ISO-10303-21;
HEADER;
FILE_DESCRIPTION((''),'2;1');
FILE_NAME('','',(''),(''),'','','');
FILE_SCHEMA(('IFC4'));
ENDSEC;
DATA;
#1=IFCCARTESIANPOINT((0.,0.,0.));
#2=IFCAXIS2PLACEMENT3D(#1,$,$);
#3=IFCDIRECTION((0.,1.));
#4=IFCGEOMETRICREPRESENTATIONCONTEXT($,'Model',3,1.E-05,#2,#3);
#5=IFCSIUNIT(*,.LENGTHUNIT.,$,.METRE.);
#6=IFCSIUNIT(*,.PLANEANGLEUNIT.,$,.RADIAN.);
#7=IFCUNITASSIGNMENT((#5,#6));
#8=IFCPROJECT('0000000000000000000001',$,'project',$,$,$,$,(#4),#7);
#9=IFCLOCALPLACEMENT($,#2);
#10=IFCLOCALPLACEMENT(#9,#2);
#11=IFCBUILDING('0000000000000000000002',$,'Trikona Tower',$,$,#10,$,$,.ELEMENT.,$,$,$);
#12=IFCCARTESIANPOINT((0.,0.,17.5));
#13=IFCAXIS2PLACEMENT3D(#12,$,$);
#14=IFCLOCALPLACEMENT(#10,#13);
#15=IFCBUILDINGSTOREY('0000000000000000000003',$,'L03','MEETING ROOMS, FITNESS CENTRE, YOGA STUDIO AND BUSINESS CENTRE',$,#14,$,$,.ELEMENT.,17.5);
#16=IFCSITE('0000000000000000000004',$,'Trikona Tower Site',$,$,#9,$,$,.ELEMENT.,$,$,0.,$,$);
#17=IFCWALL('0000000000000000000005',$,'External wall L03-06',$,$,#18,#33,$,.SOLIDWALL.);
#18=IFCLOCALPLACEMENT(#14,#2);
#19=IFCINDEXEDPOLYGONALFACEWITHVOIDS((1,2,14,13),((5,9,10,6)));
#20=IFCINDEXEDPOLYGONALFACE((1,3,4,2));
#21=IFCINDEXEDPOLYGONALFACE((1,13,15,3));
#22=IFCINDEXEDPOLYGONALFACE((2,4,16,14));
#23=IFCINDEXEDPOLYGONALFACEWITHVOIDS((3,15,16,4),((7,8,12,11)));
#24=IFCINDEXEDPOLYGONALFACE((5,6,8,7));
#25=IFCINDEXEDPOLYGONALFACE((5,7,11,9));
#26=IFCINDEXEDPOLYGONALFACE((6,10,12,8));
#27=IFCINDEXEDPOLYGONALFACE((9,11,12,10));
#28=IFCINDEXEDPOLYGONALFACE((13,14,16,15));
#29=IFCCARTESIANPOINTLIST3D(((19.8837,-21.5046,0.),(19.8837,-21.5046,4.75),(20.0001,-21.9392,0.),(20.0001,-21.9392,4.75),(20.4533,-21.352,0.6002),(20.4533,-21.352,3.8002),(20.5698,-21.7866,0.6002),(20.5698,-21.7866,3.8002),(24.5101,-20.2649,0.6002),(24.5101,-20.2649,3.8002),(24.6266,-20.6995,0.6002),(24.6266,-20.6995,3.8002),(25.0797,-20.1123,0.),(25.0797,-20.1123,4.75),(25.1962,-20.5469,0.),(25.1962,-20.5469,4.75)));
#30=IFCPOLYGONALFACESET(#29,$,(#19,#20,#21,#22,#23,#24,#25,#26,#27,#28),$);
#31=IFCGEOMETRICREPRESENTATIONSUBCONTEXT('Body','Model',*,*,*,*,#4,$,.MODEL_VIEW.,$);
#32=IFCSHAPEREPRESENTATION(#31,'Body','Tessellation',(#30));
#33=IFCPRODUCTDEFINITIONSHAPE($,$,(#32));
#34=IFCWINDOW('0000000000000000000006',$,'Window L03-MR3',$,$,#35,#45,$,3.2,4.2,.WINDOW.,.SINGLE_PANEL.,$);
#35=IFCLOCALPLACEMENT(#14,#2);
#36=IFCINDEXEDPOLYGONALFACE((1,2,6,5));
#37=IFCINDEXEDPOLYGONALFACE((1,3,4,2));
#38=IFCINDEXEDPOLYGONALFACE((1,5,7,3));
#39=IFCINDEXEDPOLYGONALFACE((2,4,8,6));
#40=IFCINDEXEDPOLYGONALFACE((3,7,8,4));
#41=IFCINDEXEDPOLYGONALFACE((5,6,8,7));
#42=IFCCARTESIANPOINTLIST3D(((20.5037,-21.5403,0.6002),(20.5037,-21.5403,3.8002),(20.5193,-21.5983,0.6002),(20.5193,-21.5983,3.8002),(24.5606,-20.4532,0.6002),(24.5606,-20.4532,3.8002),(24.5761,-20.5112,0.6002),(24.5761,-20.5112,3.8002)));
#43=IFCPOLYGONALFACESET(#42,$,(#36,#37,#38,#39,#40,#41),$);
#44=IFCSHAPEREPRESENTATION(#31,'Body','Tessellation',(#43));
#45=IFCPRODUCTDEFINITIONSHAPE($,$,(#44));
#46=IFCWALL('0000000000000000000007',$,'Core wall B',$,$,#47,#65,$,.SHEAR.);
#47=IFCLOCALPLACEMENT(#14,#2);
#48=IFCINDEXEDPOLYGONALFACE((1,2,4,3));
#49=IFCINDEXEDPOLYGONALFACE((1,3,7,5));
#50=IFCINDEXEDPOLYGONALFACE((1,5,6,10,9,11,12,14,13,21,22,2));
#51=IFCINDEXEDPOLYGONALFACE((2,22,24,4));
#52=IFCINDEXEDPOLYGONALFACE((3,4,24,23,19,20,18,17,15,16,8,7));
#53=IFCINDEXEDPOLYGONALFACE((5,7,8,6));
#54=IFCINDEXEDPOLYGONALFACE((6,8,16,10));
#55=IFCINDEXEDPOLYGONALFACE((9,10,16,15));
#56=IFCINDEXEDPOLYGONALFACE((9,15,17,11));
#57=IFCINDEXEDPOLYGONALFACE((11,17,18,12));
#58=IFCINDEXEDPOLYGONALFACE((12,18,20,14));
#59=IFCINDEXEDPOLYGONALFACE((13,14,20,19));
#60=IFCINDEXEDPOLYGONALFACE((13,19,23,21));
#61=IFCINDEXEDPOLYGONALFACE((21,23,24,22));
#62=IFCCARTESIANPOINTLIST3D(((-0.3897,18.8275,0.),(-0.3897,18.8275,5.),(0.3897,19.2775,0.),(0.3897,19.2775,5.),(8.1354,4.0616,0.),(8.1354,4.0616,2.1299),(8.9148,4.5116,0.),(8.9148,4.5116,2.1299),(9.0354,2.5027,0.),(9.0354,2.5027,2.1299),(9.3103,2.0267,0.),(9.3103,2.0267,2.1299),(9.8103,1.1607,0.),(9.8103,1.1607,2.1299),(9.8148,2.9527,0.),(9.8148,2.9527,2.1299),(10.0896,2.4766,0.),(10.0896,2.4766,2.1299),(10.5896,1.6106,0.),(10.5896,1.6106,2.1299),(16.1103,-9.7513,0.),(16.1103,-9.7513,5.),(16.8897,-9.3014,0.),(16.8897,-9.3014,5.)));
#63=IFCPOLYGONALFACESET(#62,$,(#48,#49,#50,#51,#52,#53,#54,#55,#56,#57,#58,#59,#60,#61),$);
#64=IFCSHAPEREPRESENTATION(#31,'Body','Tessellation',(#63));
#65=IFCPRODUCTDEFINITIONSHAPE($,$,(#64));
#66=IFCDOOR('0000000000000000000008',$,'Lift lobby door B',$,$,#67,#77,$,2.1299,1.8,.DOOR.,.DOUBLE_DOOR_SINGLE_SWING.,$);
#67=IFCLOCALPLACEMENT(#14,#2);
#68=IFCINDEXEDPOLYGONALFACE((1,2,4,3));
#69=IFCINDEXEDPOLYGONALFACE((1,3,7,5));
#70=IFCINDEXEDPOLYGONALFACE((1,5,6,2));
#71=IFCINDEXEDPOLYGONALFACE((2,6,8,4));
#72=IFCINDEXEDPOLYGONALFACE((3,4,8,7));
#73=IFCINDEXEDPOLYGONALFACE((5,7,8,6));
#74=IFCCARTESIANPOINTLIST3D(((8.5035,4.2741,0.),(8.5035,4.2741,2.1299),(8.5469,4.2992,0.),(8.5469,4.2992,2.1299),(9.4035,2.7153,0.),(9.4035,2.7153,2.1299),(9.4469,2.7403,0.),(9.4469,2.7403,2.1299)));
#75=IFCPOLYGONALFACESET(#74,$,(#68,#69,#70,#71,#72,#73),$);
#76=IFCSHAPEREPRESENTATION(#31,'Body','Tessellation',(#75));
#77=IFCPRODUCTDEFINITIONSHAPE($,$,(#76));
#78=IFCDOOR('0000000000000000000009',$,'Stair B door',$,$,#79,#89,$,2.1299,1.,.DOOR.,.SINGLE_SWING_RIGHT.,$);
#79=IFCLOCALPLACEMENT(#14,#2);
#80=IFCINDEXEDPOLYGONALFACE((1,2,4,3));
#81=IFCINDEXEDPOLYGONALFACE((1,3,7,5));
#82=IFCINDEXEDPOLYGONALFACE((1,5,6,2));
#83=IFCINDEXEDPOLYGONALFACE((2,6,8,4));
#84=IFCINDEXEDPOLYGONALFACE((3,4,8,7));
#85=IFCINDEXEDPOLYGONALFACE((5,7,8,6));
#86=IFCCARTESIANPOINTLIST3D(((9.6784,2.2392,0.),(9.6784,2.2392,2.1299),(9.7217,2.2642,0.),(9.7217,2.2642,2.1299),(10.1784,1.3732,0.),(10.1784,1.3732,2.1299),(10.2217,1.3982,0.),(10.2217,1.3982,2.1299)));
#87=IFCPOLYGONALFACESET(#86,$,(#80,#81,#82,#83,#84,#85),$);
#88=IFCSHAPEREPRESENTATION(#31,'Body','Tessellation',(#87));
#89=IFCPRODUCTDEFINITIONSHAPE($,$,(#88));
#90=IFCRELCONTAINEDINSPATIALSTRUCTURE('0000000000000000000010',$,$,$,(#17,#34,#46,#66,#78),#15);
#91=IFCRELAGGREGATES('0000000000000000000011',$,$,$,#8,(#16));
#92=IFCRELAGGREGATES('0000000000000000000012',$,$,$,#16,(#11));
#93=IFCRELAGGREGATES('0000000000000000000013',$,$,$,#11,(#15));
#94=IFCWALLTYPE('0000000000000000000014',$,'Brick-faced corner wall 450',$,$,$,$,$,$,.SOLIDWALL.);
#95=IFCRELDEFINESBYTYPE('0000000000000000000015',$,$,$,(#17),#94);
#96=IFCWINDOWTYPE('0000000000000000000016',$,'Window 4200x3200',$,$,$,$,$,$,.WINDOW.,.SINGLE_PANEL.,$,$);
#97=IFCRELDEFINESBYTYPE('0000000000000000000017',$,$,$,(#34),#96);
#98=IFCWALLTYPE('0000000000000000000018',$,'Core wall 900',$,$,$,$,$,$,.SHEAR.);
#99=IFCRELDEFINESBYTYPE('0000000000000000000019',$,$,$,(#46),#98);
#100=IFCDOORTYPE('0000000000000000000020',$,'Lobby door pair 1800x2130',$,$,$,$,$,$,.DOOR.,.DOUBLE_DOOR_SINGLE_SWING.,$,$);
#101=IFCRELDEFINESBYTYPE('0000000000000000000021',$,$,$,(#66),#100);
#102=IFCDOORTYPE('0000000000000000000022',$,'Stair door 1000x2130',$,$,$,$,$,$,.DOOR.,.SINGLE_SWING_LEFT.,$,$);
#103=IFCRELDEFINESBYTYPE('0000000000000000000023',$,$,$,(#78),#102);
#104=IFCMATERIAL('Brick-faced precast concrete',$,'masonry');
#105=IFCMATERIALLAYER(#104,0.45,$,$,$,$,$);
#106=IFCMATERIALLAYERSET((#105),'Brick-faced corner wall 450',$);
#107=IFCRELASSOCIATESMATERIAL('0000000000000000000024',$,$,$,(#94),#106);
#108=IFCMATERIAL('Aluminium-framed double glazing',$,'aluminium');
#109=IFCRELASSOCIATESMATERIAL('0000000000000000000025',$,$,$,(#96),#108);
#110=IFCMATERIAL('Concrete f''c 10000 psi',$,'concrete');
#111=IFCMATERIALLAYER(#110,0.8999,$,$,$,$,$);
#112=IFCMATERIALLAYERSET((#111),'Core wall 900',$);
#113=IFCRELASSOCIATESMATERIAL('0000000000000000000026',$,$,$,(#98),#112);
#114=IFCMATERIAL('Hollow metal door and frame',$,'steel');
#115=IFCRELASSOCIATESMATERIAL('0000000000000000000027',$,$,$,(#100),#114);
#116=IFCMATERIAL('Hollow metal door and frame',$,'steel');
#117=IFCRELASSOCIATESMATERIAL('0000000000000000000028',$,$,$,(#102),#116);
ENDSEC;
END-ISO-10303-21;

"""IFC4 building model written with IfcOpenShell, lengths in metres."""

from ifc_helpers import new_model, si_unit, direction, frame, frame_2d, origin, place, context, subcontext, project, spatial, rectangle, extrude, material, layer, layer_set, type_object, element, fill, save


model = new_model("IFC4")

# Units and contexts
model_context = context("Model", 3, precision=1e-05, world=origin(), true_north=direction((0.0, 1.0)))
body_context = subcontext(model_context, "Body", "Model", "MODEL_VIEW")
ifc_project = project(units=[si_unit("LENGTHUNIT", "METRE"), si_unit("PLANEANGLEUNIT", "RADIAN")], contexts=[model_context])

# Site, building, storey
site_placement = place(None, origin())
site = spatial("IfcSite", under=ifc_project, at=site_placement, Name="Trikona Tower Site", CompositionType="ELEMENT", RefElevation=0.0)
building_placement = place(site_placement, origin())
building = spatial("IfcBuilding", under=site, at=building_placement, Name="Trikona Tower", CompositionType="ELEMENT")
storey_placement = place(building_placement, frame((0.0, 0.0, 17.5)))
storey = spatial("IfcBuildingStorey", under=building, at=storey_placement, Name="L03", Description="MEETING ROOMS, FITNESS CENTRE, YOGA STUDIO AND BUSINESS CENTRE", CompositionType="ELEMENT", Elevation=17.5)

# Wall, opening, window
ifc_material_1 = material(Name="Brick-faced precast concrete", Category="masonry")
ifc_layer_1 = layer(ifc_material_1, 0.45)
ifc_layer_set_1 = layer_set([ifc_layer_1], Name="Brick-faced corner wall 450")
wall_type_1 = type_object("IfcWallType", Name="Brick-faced corner wall 450", PredefinedType="SOLIDWALL", material=ifc_layer_set_1)
wall_1_placement = place(storey_placement, frame((19.9419, -21.7219, 0.0), z_axis=(0.0, 0.0, 1.0), x_axis=(0.965923, 0.258829, 0.0)))
wall_1 = element("IfcWall", 1, at=wall_1_placement, inside=storey, type_object=wall_type_1, Name="External wall L03-06", PredefinedType="SOLIDWALL", context=body_context, shape_type="SweptSolid", body=[
    extrude(rectangle(XDim=5.3794, YDim=0.45, at=frame_2d((2.6897, 0.0))), origin(), (0.0, 0.0, 1.0), 4.75),
])
opening_1_placement = place(wall_1_placement, frame((0.5896, 0.0, 0.6001)))
opening_1 = element("IfcOpeningElement", 2, at=opening_1_placement, cuts=wall_1, PredefinedType="OPENING", context=body_context, shape_type="SweptSolid", body=[
    extrude(rectangle(XDim=4.2, YDim=3.2, at=frame_2d((2.1001, 1.6001))), frame((0.0, 0.2349, 0.0), z_axis=(0.0, -1.0, 0.0), x_axis=(1.0, 0.0, 0.0)), (0.0, 0.0, 1.0), 0.47),
])
ifc_material_2 = material(Name="Aluminium-framed double glazing", Category="aluminium")
window_type = type_object("IfcWindowType", Name="Window 4200x3200", PartitioningType="SINGLE_PANEL", PredefinedType="WINDOW", material=ifc_material_2)
window_placement = place(opening_1_placement, origin())
window = element("IfcWindow", 3, at=window_placement, inside=storey, type_object=window_type, Name="Window L03-MR3", OverallHeight=3.2, OverallWidth=4.2, PartitioningType="SINGLE_PANEL", PredefinedType="WINDOW", context=body_context, shape_type="SweptSolid", body=[
    extrude(rectangle(XDim=4.2, YDim=3.2, at=frame_2d((2.1001, 1.6001))), frame((0.0, 0.03, 0.0), z_axis=(0.0, -1.0, 0.0), x_axis=(1.0, 0.0, 0.0)), (0.0, 0.0, 1.0), 0.0601),
])
fill(opening_1, window)

# Wall, openings, doors
ifc_material_3 = material(Name="Concrete f'c 10000 psi", Category="concrete")
ifc_layer_2 = layer(ifc_material_3, 0.8999)
ifc_layer_set_2 = layer_set([ifc_layer_2], Name="Core wall 900")
wall_type_2 = type_object("IfcWallType", Name="Core wall 900", PredefinedType="SHEAR", material=ifc_layer_set_2)
wall_2_placement = place(storey_placement, frame((16.5, -9.5264, 0.0), z_axis=(0.0, 0.0, 1.0), x_axis=(-0.5, 0.866026, 0.0)))
wall_2 = element("IfcWall", 4, at=wall_2_placement, inside=storey, type_object=wall_type_2, Name="Core wall B", PredefinedType="SHEAR", context=body_context, shape_type="SweptSolid", body=[
    extrude(rectangle(XDim=33.0, YDim=0.8999, at=frame_2d((16.5, 0.0))), origin(), (0.0, 0.0, 1.0), 5.0),
])
opening_2_placement = place(wall_2_placement, frame((14.1499, 0.0, 0.0)))
opening_2 = element("IfcOpeningElement", 5, at=opening_2_placement, cuts=wall_2, PredefinedType="OPENING", context=body_context, shape_type="SweptSolid", body=[
    extrude(rectangle(XDim=1.8, YDim=2.1299, at=frame_2d((0.8999, 1.0649))), frame((0.0, 0.46, 0.0), z_axis=(0.0, -1.0, 0.0), x_axis=(1.0, 0.0, 0.0)), (0.0, 0.0, 1.0), 0.9199),
])
opening_3_placement = place(wall_2_placement, frame((12.6001, 0.0, 0.0)))
opening_3 = element("IfcOpeningElement", 6, at=opening_3_placement, cuts=wall_2, PredefinedType="OPENING", context=body_context, shape_type="SweptSolid", body=[
    extrude(rectangle(XDim=1.0, YDim=2.1299, at=frame_2d((0.5, 1.0649))), frame((0.0, 0.46, 0.0), z_axis=(0.0, -1.0, 0.0), x_axis=(1.0, 0.0, 0.0)), (0.0, 0.0, 1.0), 0.9199),
])
ifc_material_4 = material(Name="Hollow metal door and frame", Category="steel")
door_type_1 = type_object("IfcDoorType", Name="Lobby door pair 1800x2130", OperationType="DOUBLE_DOOR_SINGLE_SWING", PredefinedType="DOOR", material=ifc_material_4)
door_1_placement = place(opening_2_placement, origin())
door_1 = element("IfcDoor", 7, at=door_1_placement, inside=storey, type_object=door_type_1, Name="Lift lobby door B", OperationType="DOUBLE_DOOR_SINGLE_SWING", OverallHeight=2.1299, OverallWidth=1.8, PredefinedType="DOOR", context=body_context, shape_type="SweptSolid", body=[
    extrude(rectangle(XDim=1.8, YDim=2.1299, at=frame_2d((0.8999, 1.0649))), frame((0.0, 0.0249, 0.0), z_axis=(0.0, -1.0, 0.0), x_axis=(1.0, 0.0, 0.0)), (0.0, 0.0, 1.0), 0.05),
])
fill(opening_2, door_1)
ifc_material_5 = material(Name="Hollow metal door and frame", Category="steel")
door_type_2 = type_object("IfcDoorType", Name="Stair door 1000x2130", OperationType="SINGLE_SWING_LEFT", PredefinedType="DOOR", material=ifc_material_5)
door_2_placement = place(opening_3_placement, origin())
door_2 = element("IfcDoor", 8, at=door_2_placement, inside=storey, type_object=door_type_2, Name="Stair B door", OperationType="SINGLE_SWING_RIGHT", OverallHeight=2.1299, OverallWidth=1.0, PredefinedType="DOOR", context=body_context, shape_type="SweptSolid", body=[
    extrude(rectangle(XDim=1.0, YDim=2.1299, at=frame_2d((0.5, 1.0649))), frame((0.0, 0.0249, 0.0), z_axis=(0.0, -1.0, 0.0), x_axis=(1.0, 0.0, 0.0)), (0.0, 0.0, 1.0), 0.05),
])
fill(opening_3, door_2)

save(model, "model.ifc")
